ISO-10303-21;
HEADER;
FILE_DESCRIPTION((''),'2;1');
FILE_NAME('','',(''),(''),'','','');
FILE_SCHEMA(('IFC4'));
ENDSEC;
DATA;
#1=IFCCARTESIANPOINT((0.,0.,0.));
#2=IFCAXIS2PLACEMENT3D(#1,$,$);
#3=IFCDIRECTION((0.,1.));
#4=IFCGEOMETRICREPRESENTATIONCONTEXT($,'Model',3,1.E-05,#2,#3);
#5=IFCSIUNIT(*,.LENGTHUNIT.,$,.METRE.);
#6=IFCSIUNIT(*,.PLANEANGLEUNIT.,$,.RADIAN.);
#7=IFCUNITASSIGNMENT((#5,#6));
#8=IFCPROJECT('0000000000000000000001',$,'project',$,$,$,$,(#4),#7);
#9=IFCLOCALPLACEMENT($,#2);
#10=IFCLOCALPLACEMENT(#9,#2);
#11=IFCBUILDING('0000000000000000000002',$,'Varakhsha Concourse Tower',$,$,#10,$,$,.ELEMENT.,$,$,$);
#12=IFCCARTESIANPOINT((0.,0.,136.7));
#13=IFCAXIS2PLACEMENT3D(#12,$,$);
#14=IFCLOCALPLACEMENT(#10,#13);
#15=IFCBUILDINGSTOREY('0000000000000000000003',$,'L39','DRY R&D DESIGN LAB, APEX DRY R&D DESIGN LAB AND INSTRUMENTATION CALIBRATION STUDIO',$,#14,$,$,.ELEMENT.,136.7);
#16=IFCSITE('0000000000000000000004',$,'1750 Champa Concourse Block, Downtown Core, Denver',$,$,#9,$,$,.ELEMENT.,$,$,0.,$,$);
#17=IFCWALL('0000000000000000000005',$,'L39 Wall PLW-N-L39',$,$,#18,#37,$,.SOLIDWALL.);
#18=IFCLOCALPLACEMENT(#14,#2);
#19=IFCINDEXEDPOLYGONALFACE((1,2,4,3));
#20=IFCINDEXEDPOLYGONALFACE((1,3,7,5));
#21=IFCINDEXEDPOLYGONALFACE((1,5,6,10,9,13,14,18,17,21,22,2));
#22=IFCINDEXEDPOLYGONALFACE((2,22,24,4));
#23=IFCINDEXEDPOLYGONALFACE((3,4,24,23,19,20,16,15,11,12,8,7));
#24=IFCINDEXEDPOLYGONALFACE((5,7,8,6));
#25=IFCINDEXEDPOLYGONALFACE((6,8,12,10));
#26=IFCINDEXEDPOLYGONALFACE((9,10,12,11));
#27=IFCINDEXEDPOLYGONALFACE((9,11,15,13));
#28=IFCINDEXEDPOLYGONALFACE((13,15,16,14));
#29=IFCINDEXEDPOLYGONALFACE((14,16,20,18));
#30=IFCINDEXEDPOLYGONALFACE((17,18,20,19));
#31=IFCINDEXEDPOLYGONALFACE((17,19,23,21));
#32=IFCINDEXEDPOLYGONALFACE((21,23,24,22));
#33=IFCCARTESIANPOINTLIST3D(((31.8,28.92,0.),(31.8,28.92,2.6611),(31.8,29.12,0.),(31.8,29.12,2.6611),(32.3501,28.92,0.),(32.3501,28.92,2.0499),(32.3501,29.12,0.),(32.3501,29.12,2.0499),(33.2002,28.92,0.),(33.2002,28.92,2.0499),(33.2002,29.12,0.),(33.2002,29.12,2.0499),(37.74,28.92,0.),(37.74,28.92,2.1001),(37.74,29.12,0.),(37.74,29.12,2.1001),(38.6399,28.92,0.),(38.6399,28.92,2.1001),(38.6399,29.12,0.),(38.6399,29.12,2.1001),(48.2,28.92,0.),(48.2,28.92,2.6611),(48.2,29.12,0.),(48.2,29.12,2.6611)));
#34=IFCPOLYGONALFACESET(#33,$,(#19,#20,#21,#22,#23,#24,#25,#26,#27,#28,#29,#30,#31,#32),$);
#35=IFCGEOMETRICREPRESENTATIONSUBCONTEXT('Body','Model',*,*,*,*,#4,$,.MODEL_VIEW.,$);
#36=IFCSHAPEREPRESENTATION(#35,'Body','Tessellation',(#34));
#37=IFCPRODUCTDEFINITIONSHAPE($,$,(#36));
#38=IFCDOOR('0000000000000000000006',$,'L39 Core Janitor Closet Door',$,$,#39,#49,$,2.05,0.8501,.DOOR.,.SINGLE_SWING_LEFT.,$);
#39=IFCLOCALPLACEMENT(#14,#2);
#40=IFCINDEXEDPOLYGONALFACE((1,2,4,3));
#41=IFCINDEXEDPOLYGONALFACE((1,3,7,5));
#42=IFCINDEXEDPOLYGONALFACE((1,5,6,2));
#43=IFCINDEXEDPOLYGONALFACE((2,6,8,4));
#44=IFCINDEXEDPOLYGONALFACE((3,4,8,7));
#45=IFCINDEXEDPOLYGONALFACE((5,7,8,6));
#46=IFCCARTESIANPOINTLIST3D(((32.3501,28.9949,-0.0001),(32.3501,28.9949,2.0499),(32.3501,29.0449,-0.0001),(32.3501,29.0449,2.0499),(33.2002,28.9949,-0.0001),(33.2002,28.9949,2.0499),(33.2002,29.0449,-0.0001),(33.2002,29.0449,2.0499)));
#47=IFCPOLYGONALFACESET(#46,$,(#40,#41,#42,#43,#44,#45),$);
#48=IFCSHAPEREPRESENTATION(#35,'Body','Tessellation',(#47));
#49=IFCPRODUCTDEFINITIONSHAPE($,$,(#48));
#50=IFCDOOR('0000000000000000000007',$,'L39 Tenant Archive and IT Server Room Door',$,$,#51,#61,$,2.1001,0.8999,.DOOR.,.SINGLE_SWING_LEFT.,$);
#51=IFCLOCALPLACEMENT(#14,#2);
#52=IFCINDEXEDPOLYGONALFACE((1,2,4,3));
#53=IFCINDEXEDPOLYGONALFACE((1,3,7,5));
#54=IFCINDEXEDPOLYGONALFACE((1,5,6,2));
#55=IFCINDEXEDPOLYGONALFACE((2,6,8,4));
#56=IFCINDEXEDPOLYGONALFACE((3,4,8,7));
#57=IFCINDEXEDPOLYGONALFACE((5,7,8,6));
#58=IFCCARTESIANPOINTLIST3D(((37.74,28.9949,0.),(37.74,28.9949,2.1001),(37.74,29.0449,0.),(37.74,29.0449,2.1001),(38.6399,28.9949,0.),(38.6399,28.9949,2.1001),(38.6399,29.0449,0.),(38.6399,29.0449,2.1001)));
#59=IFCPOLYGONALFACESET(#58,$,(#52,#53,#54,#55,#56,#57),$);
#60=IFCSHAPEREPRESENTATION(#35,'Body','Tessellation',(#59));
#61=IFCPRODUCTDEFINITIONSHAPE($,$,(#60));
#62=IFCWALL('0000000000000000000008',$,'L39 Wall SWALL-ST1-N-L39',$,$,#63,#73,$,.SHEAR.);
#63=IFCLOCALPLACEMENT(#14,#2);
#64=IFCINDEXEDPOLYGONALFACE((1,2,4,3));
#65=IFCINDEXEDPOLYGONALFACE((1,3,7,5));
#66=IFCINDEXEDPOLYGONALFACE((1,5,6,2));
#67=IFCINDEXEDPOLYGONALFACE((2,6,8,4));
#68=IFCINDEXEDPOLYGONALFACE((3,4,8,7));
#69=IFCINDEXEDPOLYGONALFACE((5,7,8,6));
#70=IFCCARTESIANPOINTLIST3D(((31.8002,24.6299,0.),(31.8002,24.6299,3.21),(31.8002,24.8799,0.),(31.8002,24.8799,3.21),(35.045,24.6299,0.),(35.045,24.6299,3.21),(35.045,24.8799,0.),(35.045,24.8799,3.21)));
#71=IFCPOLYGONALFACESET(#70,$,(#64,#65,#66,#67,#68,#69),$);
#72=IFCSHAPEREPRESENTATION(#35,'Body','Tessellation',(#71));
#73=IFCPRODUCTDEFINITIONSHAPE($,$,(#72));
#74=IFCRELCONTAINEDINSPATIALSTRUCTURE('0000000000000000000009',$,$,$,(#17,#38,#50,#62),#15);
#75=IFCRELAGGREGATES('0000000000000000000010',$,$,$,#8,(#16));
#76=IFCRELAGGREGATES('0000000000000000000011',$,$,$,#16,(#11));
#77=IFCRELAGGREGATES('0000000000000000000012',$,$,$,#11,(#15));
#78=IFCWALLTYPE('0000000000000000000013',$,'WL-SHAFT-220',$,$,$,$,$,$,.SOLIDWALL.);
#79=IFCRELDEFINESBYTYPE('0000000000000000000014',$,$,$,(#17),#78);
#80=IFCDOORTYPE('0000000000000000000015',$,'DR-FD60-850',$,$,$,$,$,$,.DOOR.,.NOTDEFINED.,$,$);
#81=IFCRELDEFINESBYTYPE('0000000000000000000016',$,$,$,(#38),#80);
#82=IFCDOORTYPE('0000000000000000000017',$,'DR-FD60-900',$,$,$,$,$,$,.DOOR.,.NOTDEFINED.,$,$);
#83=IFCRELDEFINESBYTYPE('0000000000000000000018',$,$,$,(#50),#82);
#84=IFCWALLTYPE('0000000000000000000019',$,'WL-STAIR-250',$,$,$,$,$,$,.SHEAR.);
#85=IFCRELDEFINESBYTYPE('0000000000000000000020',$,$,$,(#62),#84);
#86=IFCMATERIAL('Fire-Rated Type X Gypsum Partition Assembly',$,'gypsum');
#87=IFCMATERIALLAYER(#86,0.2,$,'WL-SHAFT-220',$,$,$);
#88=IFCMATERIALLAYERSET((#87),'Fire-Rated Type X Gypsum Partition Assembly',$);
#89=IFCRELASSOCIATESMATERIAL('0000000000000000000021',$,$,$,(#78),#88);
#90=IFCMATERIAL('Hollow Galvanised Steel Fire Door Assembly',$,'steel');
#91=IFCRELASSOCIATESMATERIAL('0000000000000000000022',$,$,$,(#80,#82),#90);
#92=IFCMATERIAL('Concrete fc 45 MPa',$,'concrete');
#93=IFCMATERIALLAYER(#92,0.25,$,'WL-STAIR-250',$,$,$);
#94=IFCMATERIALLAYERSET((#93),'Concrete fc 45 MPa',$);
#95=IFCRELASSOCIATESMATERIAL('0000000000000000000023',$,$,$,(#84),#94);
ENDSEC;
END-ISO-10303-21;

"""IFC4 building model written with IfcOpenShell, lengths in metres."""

from ifc_helpers import new_model, si_unit, direction, frame, frame_2d, origin, place, context, subcontext, project, spatial, rectangle, extrude, material, layer, layer_set, type_object, element, fill, save


model = new_model("IFC4")

# Units and contexts
model_context = context("Model", 3, precision=1e-05, world=origin(), true_north=direction((0.0, 1.0)))
body_context = subcontext(model_context, "Body", "Model", "MODEL_VIEW")
ifc_project = project(units=[si_unit("LENGTHUNIT", "METRE"), si_unit("PLANEANGLEUNIT", "RADIAN")], contexts=[model_context])

# Site, building, storey
site_placement = place(None, origin())
site = spatial("IfcSite", under=ifc_project, at=site_placement, Name="1750 Champa Concourse Block, Downtown Core, Denver", CompositionType="ELEMENT", RefElevation=0.0)
building_placement = place(site_placement, origin())
building = spatial("IfcBuilding", under=site, at=building_placement, Name="Varakhsha Concourse Tower", CompositionType="ELEMENT")
storey_placement = place(building_placement, frame((0.0, 0.0, 136.7)))
storey = spatial("IfcBuildingStorey", under=building, at=storey_placement, Name="L39", Description="DRY R&D DESIGN LAB, APEX DRY R&D DESIGN LAB AND INSTRUMENTATION CALIBRATION STUDIO", CompositionType="ELEMENT", Elevation=136.7)

# Shared definitions
ifc_material_1 = material(Name="Fire-Rated Type X Gypsum Partition Assembly", Category="gypsum")
ifc_material_2 = material(Name="Hollow Galvanised Steel Fire Door Assembly", Category="steel")

# Wall, openings, doors
ifc_layer_1 = layer(ifc_material_1, 0.2, Name="WL-SHAFT-220")
ifc_layer_set_1 = layer_set([ifc_layer_1], Name="Fire-Rated Type X Gypsum Partition Assembly")
wall_type_1 = type_object("IfcWallType", Name="WL-SHAFT-220", PredefinedType="SOLIDWALL", material=ifc_layer_set_1)
wall_1_placement = place(storey_placement, frame((31.8, 29.02, 0.0), z_axis=(0.0, 0.0, 1.0), x_axis=(1.0, 0.0, 0.0)))
wall_1 = element("IfcWall", 1, at=wall_1_placement, inside=storey, type_object=wall_type_1, Name="L39 Wall PLW-N-L39", PredefinedType="SOLIDWALL", context=body_context, shape_type="SweptSolid", body=[
    extrude(rectangle(XDim=16.3999, YDim=0.2, at=frame_2d((8.2, 0.0))), origin(), (0.0, 0.0, 1.0), 2.6611),
])
opening_1_placement = place(wall_1_placement, frame((0.55, 0.0, 0.0)))
opening_1 = element("IfcOpeningElement", 2, at=opening_1_placement, cuts=wall_1, PredefinedType="OPENING", context=body_context, shape_type="SweptSolid", body=[
    extrude(rectangle(XDim=0.8501, YDim=2.05, at=frame_2d((0.425, 1.0249))), frame((0.0, 0.1099, 0.0), z_axis=(0.0, -1.0, 0.0), x_axis=(1.0, 0.0, 0.0)), (0.0, 0.0, 1.0), 0.22),
])
opening_2_placement = place(wall_1_placement, frame((5.9399, 0.0, 0.0)))
opening_2 = element("IfcOpeningElement", 3, at=opening_2_placement, cuts=wall_1, PredefinedType="OPENING", context=body_context, shape_type="SweptSolid", body=[
    extrude(rectangle(XDim=0.8999, YDim=2.1001, at=frame_2d((0.45, 1.05))), frame((0.0, 0.1099, 0.0), z_axis=(0.0, -1.0, 0.0), x_axis=(1.0, 0.0, 0.0)), (0.0, 0.0, 1.0), 0.22),
])
door_type_1 = type_object("IfcDoorType", Name="DR-FD60-850", OperationType="NOTDEFINED", PredefinedType="DOOR", material=ifc_material_2)
door_1_placement = place(opening_1_placement, origin())
door_1 = element("IfcDoor", 4, at=door_1_placement, inside=storey, type_object=door_type_1, Name="L39 Core Janitor Closet Door", OperationType="SINGLE_SWING_LEFT", OverallHeight=2.05, OverallWidth=0.8501, PredefinedType="DOOR", context=body_context, shape_type="SweptSolid", body=[
    extrude(rectangle(XDim=0.8501, YDim=2.05, at=frame_2d((0.425, 1.0249))), frame((0.0, 0.0249, 0.0), z_axis=(0.0, -1.0, 0.0), x_axis=(1.0, 0.0, 0.0)), (0.0, 0.0, 1.0), 0.05),
])
fill(opening_1, door_1)
door_type_2 = type_object("IfcDoorType", Name="DR-FD60-900", OperationType="NOTDEFINED", PredefinedType="DOOR", material=ifc_material_2)
door_2_placement = place(opening_2_placement, origin())
door_2 = element("IfcDoor", 5, at=door_2_placement, inside=storey, type_object=door_type_2, Name="L39 Tenant Archive and IT Server Room Door", OperationType="SINGLE_SWING_LEFT", OverallHeight=2.1001, OverallWidth=0.8999, PredefinedType="DOOR", context=body_context, shape_type="SweptSolid", body=[
    extrude(rectangle(XDim=0.8999, YDim=2.1001, at=frame_2d((0.45, 1.05))), frame((0.0, 0.0249, 0.0), z_axis=(0.0, -1.0, 0.0), x_axis=(1.0, 0.0, 0.0)), (0.0, 0.0, 1.0), 0.05),
])
fill(opening_2, door_2)

# Wall
ifc_material_3 = material(Name="Concrete fc 45 MPa", Category="concrete")
ifc_layer_2 = layer(ifc_material_3, 0.25, Name="WL-STAIR-250")
ifc_layer_set_2 = layer_set([ifc_layer_2], Name="Concrete fc 45 MPa")
wall_type_2 = type_object("IfcWallType", Name="WL-STAIR-250", PredefinedType="SHEAR", material=ifc_layer_set_2)
wall_2_placement = place(storey_placement, frame((31.8, 24.7549, 0.0), z_axis=(0.0, 0.0, 1.0), x_axis=(1.0, 0.0, 0.0)))
element("IfcWall", 6, at=wall_2_placement, inside=storey, type_object=wall_type_2, Name="L39 Wall SWALL-ST1-N-L39", PredefinedType="SHEAR", context=body_context, shape_type="SweptSolid", body=[
    extrude(rectangle(XDim=3.2449, YDim=0.25, at=frame_2d((1.6226, 0.0))), origin(), (0.0, 0.0, 1.0), 3.21),
])

save(model, "model.ifc")
